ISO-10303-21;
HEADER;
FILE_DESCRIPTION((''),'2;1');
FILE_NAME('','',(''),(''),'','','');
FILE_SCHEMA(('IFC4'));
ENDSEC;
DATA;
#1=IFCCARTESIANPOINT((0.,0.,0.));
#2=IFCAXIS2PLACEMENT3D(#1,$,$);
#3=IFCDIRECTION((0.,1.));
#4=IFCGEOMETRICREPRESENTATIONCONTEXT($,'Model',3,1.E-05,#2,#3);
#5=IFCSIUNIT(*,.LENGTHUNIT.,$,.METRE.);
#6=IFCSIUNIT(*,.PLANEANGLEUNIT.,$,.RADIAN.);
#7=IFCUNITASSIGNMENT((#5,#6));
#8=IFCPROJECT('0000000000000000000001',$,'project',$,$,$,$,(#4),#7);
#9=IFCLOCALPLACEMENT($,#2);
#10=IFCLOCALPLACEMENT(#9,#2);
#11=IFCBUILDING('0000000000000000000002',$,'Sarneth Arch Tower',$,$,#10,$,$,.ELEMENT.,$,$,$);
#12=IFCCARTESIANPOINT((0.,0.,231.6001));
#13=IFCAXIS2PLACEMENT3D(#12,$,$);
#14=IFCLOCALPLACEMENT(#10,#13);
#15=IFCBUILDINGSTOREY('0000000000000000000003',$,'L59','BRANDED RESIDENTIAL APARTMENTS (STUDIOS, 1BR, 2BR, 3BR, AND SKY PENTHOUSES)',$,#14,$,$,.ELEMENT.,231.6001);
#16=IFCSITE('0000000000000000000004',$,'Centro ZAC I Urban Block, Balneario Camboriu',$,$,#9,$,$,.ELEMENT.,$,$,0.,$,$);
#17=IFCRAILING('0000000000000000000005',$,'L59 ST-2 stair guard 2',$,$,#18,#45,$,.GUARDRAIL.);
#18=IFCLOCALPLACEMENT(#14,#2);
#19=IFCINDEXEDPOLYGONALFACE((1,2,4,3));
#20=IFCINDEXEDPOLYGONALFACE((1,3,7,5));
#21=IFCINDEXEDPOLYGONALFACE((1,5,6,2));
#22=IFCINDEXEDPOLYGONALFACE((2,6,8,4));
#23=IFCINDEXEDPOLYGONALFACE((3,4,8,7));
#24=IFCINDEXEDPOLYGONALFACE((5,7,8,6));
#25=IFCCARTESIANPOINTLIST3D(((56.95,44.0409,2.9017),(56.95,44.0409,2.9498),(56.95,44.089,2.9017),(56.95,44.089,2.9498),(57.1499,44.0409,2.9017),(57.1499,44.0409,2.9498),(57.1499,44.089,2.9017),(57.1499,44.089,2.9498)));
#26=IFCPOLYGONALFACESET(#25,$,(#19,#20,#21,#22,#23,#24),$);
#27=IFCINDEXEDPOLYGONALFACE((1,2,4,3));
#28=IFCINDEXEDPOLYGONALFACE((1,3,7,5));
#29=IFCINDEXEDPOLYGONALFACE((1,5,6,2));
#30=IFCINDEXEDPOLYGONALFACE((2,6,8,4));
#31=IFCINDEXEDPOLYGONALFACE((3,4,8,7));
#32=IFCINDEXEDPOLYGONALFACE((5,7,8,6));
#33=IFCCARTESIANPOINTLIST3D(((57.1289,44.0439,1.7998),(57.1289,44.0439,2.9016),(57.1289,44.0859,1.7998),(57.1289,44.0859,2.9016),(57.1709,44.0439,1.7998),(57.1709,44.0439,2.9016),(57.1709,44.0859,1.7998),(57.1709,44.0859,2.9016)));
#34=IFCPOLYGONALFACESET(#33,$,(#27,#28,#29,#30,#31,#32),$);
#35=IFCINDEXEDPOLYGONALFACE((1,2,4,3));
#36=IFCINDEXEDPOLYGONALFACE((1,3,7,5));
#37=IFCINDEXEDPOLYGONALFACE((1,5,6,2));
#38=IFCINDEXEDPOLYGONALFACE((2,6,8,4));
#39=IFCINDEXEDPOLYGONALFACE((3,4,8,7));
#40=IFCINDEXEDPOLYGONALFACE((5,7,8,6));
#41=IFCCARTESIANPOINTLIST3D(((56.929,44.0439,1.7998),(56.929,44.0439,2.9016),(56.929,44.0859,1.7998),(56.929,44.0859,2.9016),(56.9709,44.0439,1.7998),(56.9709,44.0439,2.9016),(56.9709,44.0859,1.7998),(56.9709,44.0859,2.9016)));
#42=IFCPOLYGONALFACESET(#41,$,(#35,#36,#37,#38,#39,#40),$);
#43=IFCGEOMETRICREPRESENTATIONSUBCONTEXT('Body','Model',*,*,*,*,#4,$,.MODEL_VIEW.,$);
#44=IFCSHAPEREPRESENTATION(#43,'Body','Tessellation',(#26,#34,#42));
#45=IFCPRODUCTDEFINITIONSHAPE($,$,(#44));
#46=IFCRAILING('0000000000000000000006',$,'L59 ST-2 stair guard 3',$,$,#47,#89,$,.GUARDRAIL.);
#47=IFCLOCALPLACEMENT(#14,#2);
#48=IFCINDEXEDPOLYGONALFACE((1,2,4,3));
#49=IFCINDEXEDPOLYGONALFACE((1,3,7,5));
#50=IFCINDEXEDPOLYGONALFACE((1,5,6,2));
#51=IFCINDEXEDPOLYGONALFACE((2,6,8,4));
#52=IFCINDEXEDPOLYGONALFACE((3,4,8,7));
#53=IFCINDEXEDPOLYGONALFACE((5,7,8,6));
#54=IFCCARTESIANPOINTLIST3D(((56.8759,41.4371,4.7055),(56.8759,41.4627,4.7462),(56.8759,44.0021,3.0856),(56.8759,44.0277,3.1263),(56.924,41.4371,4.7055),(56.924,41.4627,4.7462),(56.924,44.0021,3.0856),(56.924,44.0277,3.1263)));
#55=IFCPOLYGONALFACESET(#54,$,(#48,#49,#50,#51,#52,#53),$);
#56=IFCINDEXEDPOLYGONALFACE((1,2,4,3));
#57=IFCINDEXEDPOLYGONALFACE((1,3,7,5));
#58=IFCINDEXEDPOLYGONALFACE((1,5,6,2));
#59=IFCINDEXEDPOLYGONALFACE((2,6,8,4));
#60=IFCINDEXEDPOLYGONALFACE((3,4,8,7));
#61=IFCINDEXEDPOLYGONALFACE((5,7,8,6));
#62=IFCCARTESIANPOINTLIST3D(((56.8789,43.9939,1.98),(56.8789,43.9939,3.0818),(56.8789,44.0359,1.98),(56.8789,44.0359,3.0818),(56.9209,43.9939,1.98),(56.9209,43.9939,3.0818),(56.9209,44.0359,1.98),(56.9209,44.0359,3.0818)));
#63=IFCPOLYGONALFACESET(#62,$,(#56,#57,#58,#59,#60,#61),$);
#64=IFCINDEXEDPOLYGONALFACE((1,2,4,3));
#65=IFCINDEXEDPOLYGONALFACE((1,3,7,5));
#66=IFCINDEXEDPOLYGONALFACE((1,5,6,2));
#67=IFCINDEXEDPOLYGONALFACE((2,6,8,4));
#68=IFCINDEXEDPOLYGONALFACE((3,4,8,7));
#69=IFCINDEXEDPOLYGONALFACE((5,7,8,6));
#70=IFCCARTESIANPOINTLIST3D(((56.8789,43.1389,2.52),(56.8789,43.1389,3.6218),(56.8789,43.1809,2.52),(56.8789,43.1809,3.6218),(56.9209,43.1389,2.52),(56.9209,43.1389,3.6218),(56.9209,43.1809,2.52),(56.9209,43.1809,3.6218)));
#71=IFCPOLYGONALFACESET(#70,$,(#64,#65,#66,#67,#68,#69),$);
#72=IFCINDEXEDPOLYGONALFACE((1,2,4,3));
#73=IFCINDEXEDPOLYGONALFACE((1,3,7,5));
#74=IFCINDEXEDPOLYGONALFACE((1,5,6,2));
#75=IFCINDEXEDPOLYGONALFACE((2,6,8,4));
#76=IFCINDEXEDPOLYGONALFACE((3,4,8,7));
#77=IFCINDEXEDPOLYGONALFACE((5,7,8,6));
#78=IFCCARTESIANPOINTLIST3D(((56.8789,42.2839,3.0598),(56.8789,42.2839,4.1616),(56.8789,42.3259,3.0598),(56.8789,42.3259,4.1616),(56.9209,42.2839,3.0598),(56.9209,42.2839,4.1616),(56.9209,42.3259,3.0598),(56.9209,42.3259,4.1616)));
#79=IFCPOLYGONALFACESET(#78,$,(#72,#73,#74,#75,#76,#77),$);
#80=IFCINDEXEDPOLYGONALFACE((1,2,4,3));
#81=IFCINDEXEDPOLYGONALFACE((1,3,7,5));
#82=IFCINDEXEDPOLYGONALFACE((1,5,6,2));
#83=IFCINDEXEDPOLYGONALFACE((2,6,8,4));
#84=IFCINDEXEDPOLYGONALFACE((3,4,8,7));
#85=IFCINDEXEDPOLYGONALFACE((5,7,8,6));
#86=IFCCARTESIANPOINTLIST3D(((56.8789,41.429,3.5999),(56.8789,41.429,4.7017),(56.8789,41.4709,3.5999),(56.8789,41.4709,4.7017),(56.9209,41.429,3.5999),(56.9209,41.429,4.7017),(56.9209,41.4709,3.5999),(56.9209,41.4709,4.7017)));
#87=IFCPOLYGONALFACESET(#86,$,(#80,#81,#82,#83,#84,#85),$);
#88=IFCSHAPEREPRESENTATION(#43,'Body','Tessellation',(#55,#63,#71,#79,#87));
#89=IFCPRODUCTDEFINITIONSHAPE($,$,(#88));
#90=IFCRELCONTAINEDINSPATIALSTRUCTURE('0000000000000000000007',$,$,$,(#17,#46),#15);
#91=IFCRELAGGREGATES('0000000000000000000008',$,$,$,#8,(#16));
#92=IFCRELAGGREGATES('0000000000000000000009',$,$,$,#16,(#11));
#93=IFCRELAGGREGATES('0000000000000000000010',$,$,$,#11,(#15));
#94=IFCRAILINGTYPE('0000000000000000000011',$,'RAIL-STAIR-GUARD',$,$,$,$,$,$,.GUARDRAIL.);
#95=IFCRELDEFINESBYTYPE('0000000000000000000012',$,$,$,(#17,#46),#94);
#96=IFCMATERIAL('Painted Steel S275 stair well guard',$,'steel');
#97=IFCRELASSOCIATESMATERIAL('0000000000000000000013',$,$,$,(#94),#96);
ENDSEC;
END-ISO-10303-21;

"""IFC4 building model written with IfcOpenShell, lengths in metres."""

from ifc_helpers import new_model, si_unit, direction, frame, origin, origin_2d, place, context, subcontext, project, spatial, rectangle, extrude, material, type_object, element, save


model = new_model("IFC4")

# Units and contexts
model_context = context("Model", 3, precision=1e-05, world=origin(), true_north=direction((0.0, 1.0)))
body_context = subcontext(model_context, "Body", "Model", "MODEL_VIEW")
ifc_project = project(units=[si_unit("LENGTHUNIT", "METRE"), si_unit("PLANEANGLEUNIT", "RADIAN")], contexts=[model_context])

# Site, building, storey
site_placement = place(None, origin())
site = spatial("IfcSite", under=ifc_project, at=site_placement, Name="Centro ZAC I Urban Block, Balneario Camboriu", CompositionType="ELEMENT", RefElevation=0.0)
building_placement = place(site_placement, origin())
building = spatial("IfcBuilding", under=site, at=building_placement, Name="Sarneth Arch Tower", CompositionType="ELEMENT")
storey_placement = place(building_placement, frame((0.0, 0.0, 231.6001)))
storey = spatial("IfcBuildingStorey", under=building, at=storey_placement, Name="L59", Description="BRANDED RESIDENTIAL APARTMENTS (STUDIOS, 1BR, 2BR, 3BR, AND SKY PENTHOUSES)", CompositionType="ELEMENT", Elevation=231.6001)

# Railings
ifc_material_1 = material(Name="Painted Steel S275 stair well guard", Category="steel")
railing_type_1 = type_object("IfcRailingType", Name="RAIL-STAIR-GUARD", PredefinedType="GUARDRAIL", material=ifc_material_1)
railing_1_placement = place(storey_placement, frame((57.1499, 44.0649, 1.7998)))
element("IfcRailing", 1, at=railing_1_placement, inside=storey, type_object=railing_type_1, Name="L59 ST-2 stair guard 2", PredefinedType="GUARDRAIL", context=body_context, shape_type="SweptSolid", body=[
    extrude(rectangle(XDim=0.0481, YDim=0.0481, at=origin_2d()), frame((0.0, 0.0, 1.126), z_axis=(-1.0, 0.0, 0.0), x_axis=(0.0, -1.0, 0.0)), (0.0, 0.0, 1.0), 0.2),
    extrude(rectangle(XDim=0.042, YDim=0.042, at=origin_2d()), origin(), (0.0, 0.0, 1.0), 1.1018),
    extrude(rectangle(XDim=0.042, YDim=0.042, at=origin_2d()), frame((-0.2, 0.0, 0.0)), (0.0, 0.0, 1.0), 1.1018),
])
railing_2_placement = place(storey_placement, frame((56.8999, 44.0149, 1.98)))
element("IfcRailing", 2, at=railing_2_placement, inside=storey, type_object=railing_type_1, Name="L59 ST-2 stair guard 3", PredefinedType="GUARDRAIL", context=body_context, shape_type="SweptSolid", body=[
    extrude(rectangle(XDim=0.0481, YDim=0.0481, at=origin_2d()), frame((0.0, 0.0, 1.126), z_axis=(0.0, -0.845502, 0.533972), x_axis=(1.0, 0.0, 0.0)), (0.0, 0.0, 1.0), 3.0337),
    extrude(rectangle(XDim=0.042, YDim=0.042, at=origin_2d()), origin(), (0.0, 0.0, 1.0), 1.1018),
    extrude(rectangle(XDim=0.042, YDim=0.042, at=origin_2d()), frame((0.0, -0.855, 0.54)), (0.0, 0.0, 1.0), 1.1018),
    extrude(rectangle(XDim=0.042, YDim=0.042, at=origin_2d()), frame((0.0, -1.71, 1.0798)), (0.0, 0.0, 1.0), 1.1018),
    extrude(rectangle(XDim=0.042, YDim=0.042, at=origin_2d()), frame((0.0, -2.5649, 1.6199)), (0.0, 0.0, 1.0), 1.1018),
])

save(model, "model.ifc")
